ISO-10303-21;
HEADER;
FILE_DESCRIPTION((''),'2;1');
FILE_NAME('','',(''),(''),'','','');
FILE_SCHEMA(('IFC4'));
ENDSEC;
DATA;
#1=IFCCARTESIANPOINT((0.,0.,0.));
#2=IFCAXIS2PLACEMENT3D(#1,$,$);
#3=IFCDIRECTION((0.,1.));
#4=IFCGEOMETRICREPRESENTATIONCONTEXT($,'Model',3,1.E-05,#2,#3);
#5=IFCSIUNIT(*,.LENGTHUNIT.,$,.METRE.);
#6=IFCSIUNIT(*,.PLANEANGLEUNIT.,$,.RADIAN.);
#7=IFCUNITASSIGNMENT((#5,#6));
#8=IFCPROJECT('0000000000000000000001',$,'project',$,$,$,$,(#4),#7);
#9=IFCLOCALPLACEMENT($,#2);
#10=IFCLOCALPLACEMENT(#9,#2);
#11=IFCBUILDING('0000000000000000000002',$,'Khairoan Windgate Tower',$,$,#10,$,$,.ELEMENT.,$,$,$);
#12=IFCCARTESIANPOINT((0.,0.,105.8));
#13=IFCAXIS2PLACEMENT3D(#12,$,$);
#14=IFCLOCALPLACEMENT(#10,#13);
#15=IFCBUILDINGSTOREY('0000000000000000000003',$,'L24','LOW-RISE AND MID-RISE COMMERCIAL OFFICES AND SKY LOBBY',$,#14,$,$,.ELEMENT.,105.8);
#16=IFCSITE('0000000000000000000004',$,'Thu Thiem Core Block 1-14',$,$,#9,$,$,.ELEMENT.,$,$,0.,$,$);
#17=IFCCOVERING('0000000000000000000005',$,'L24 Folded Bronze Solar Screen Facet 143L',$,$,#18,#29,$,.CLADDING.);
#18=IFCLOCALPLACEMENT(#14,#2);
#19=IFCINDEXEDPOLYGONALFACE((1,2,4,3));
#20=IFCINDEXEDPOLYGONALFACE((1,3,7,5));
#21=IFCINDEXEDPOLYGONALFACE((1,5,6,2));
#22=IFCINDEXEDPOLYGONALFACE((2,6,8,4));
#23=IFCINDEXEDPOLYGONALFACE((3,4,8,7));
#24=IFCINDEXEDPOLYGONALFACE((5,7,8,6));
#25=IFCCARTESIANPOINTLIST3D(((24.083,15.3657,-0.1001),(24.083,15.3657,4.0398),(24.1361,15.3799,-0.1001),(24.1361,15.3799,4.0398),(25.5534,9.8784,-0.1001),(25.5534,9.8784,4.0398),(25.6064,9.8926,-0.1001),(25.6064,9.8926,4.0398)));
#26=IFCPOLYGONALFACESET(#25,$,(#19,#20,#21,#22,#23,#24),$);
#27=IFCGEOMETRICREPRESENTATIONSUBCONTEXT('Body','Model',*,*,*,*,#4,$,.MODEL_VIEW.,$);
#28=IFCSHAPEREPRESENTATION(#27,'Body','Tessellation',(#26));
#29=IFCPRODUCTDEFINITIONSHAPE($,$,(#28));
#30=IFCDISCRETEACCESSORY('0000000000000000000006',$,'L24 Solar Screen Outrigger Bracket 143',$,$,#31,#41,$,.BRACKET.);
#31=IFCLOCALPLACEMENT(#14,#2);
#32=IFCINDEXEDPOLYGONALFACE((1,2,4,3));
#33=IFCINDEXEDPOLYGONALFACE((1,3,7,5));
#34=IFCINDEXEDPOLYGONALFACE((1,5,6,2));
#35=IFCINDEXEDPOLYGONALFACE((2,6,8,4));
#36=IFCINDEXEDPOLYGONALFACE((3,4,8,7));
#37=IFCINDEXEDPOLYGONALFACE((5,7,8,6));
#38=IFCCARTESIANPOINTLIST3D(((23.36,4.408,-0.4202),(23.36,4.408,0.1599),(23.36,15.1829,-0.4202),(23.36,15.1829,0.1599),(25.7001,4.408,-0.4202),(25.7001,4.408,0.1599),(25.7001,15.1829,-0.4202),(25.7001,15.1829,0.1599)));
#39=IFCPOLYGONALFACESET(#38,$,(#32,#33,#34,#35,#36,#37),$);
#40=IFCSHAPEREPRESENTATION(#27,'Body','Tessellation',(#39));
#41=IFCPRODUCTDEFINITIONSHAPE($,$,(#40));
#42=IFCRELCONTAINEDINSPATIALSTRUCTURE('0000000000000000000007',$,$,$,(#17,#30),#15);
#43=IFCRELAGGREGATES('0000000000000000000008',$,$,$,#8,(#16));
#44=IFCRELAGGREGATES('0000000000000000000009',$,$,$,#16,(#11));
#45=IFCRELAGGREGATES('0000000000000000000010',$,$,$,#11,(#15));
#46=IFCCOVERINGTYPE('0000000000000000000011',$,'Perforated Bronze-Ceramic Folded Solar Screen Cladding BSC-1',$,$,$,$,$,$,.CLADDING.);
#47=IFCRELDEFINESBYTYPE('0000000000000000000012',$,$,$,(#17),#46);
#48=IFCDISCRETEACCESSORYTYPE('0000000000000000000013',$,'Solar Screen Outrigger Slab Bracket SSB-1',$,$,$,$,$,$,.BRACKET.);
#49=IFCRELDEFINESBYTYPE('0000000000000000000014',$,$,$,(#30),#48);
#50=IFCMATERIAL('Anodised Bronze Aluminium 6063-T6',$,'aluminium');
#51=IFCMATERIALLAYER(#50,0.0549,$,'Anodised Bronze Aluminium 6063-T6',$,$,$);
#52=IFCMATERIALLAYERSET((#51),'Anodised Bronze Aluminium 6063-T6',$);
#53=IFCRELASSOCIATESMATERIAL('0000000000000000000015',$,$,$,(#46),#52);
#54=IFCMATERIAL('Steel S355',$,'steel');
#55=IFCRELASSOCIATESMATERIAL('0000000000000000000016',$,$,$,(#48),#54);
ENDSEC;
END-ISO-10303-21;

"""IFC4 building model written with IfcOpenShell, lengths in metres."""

from ifc_helpers import new_model, si_unit, direction, frame, origin, origin_2d, place, context, subcontext, project, spatial, rectangle, extrude, material, layer, layer_set, type_object, element, save


model = new_model("IFC4")

# Units and contexts
model_context = context("Model", 3, precision=1e-05, world=origin(), true_north=direction((0.0, 1.0)))
body_context = subcontext(model_context, "Body", "Model", "MODEL_VIEW")
ifc_project = project(units=[si_unit("LENGTHUNIT", "METRE"), si_unit("PLANEANGLEUNIT", "RADIAN")], contexts=[model_context])

# Site, building, storey
site_placement = place(None, origin())
site = spatial("IfcSite", under=ifc_project, at=site_placement, Name="Thu Thiem Core Block 1-14", CompositionType="ELEMENT", RefElevation=0.0)
building_placement = place(site_placement, origin())
building = spatial("IfcBuilding", under=site, at=building_placement, Name="Khairoan Windgate Tower", CompositionType="ELEMENT")
storey_placement = place(building_placement, frame((0.0, 0.0, 105.8)))
storey = spatial("IfcBuildingStorey", under=building, at=storey_placement, Name="L24", Description="LOW-RISE AND MID-RISE COMMERCIAL OFFICES AND SKY LOBBY", CompositionType="ELEMENT", Elevation=105.8)

# Covering
ifc_material_1 = material(Name="Anodised Bronze Aluminium 6063-T6", Category="aluminium")
ifc_layer_1 = layer(ifc_material_1, 0.0549, Name="Anodised Bronze Aluminium 6063-T6")
ifc_layer_set_1 = layer_set([ifc_layer_1], Name="Anodised Bronze Aluminium 6063-T6")
covering_type = type_object("IfcCoveringType", Name="Perforated Bronze-Ceramic Folded Solar Screen Cladding BSC-1", PredefinedType="CLADDING", material=ifc_layer_set_1)
covering_placement = place(storey_placement, frame((24.8447, 12.6292, -0.1001), z_axis=(0.0, 0.0, 1.0), x_axis=(0.258819, -0.965926, 0.0)))
element("IfcCovering", 1, at=covering_placement, inside=storey, type_object=covering_type, Name="L24 Folded Bronze Solar Screen Facet 143L", PredefinedType="CLADDING", context=body_context, shape_type="SweptSolid", body=[
    extrude(rectangle(XDim=5.6809, YDim=0.0549, at=origin_2d()), origin(), (0.0, 0.0, 1.0), 4.1399),
])

# Discrete accessory
ifc_material_2 = material(Name="Steel S355", Category="steel")
discrete_accessory_type = type_object("IfcDiscreteAccessoryType", Name="Solar Screen Outrigger Slab Bracket SSB-1", PredefinedType="BRACKET", material=ifc_material_2)
discrete_accessory_placement = place(storey_placement, frame((24.53, 9.7954, -0.4202), z_axis=(0.0, 0.0, 1.0), x_axis=(0.0, -1.0, 0.0)))
element("IfcDiscreteAccessory", 2, at=discrete_accessory_placement, inside=storey, type_object=discrete_accessory_type, Name="L24 Solar Screen Outrigger Bracket 143", PredefinedType="BRACKET", context=body_context, shape_type="SweptSolid", body=[
    extrude(rectangle(XDim=10.7749, YDim=2.3401, at=origin_2d()), origin(), (0.0, 0.0, 1.0), 0.5801),
])

save(model, "model.ifc")
